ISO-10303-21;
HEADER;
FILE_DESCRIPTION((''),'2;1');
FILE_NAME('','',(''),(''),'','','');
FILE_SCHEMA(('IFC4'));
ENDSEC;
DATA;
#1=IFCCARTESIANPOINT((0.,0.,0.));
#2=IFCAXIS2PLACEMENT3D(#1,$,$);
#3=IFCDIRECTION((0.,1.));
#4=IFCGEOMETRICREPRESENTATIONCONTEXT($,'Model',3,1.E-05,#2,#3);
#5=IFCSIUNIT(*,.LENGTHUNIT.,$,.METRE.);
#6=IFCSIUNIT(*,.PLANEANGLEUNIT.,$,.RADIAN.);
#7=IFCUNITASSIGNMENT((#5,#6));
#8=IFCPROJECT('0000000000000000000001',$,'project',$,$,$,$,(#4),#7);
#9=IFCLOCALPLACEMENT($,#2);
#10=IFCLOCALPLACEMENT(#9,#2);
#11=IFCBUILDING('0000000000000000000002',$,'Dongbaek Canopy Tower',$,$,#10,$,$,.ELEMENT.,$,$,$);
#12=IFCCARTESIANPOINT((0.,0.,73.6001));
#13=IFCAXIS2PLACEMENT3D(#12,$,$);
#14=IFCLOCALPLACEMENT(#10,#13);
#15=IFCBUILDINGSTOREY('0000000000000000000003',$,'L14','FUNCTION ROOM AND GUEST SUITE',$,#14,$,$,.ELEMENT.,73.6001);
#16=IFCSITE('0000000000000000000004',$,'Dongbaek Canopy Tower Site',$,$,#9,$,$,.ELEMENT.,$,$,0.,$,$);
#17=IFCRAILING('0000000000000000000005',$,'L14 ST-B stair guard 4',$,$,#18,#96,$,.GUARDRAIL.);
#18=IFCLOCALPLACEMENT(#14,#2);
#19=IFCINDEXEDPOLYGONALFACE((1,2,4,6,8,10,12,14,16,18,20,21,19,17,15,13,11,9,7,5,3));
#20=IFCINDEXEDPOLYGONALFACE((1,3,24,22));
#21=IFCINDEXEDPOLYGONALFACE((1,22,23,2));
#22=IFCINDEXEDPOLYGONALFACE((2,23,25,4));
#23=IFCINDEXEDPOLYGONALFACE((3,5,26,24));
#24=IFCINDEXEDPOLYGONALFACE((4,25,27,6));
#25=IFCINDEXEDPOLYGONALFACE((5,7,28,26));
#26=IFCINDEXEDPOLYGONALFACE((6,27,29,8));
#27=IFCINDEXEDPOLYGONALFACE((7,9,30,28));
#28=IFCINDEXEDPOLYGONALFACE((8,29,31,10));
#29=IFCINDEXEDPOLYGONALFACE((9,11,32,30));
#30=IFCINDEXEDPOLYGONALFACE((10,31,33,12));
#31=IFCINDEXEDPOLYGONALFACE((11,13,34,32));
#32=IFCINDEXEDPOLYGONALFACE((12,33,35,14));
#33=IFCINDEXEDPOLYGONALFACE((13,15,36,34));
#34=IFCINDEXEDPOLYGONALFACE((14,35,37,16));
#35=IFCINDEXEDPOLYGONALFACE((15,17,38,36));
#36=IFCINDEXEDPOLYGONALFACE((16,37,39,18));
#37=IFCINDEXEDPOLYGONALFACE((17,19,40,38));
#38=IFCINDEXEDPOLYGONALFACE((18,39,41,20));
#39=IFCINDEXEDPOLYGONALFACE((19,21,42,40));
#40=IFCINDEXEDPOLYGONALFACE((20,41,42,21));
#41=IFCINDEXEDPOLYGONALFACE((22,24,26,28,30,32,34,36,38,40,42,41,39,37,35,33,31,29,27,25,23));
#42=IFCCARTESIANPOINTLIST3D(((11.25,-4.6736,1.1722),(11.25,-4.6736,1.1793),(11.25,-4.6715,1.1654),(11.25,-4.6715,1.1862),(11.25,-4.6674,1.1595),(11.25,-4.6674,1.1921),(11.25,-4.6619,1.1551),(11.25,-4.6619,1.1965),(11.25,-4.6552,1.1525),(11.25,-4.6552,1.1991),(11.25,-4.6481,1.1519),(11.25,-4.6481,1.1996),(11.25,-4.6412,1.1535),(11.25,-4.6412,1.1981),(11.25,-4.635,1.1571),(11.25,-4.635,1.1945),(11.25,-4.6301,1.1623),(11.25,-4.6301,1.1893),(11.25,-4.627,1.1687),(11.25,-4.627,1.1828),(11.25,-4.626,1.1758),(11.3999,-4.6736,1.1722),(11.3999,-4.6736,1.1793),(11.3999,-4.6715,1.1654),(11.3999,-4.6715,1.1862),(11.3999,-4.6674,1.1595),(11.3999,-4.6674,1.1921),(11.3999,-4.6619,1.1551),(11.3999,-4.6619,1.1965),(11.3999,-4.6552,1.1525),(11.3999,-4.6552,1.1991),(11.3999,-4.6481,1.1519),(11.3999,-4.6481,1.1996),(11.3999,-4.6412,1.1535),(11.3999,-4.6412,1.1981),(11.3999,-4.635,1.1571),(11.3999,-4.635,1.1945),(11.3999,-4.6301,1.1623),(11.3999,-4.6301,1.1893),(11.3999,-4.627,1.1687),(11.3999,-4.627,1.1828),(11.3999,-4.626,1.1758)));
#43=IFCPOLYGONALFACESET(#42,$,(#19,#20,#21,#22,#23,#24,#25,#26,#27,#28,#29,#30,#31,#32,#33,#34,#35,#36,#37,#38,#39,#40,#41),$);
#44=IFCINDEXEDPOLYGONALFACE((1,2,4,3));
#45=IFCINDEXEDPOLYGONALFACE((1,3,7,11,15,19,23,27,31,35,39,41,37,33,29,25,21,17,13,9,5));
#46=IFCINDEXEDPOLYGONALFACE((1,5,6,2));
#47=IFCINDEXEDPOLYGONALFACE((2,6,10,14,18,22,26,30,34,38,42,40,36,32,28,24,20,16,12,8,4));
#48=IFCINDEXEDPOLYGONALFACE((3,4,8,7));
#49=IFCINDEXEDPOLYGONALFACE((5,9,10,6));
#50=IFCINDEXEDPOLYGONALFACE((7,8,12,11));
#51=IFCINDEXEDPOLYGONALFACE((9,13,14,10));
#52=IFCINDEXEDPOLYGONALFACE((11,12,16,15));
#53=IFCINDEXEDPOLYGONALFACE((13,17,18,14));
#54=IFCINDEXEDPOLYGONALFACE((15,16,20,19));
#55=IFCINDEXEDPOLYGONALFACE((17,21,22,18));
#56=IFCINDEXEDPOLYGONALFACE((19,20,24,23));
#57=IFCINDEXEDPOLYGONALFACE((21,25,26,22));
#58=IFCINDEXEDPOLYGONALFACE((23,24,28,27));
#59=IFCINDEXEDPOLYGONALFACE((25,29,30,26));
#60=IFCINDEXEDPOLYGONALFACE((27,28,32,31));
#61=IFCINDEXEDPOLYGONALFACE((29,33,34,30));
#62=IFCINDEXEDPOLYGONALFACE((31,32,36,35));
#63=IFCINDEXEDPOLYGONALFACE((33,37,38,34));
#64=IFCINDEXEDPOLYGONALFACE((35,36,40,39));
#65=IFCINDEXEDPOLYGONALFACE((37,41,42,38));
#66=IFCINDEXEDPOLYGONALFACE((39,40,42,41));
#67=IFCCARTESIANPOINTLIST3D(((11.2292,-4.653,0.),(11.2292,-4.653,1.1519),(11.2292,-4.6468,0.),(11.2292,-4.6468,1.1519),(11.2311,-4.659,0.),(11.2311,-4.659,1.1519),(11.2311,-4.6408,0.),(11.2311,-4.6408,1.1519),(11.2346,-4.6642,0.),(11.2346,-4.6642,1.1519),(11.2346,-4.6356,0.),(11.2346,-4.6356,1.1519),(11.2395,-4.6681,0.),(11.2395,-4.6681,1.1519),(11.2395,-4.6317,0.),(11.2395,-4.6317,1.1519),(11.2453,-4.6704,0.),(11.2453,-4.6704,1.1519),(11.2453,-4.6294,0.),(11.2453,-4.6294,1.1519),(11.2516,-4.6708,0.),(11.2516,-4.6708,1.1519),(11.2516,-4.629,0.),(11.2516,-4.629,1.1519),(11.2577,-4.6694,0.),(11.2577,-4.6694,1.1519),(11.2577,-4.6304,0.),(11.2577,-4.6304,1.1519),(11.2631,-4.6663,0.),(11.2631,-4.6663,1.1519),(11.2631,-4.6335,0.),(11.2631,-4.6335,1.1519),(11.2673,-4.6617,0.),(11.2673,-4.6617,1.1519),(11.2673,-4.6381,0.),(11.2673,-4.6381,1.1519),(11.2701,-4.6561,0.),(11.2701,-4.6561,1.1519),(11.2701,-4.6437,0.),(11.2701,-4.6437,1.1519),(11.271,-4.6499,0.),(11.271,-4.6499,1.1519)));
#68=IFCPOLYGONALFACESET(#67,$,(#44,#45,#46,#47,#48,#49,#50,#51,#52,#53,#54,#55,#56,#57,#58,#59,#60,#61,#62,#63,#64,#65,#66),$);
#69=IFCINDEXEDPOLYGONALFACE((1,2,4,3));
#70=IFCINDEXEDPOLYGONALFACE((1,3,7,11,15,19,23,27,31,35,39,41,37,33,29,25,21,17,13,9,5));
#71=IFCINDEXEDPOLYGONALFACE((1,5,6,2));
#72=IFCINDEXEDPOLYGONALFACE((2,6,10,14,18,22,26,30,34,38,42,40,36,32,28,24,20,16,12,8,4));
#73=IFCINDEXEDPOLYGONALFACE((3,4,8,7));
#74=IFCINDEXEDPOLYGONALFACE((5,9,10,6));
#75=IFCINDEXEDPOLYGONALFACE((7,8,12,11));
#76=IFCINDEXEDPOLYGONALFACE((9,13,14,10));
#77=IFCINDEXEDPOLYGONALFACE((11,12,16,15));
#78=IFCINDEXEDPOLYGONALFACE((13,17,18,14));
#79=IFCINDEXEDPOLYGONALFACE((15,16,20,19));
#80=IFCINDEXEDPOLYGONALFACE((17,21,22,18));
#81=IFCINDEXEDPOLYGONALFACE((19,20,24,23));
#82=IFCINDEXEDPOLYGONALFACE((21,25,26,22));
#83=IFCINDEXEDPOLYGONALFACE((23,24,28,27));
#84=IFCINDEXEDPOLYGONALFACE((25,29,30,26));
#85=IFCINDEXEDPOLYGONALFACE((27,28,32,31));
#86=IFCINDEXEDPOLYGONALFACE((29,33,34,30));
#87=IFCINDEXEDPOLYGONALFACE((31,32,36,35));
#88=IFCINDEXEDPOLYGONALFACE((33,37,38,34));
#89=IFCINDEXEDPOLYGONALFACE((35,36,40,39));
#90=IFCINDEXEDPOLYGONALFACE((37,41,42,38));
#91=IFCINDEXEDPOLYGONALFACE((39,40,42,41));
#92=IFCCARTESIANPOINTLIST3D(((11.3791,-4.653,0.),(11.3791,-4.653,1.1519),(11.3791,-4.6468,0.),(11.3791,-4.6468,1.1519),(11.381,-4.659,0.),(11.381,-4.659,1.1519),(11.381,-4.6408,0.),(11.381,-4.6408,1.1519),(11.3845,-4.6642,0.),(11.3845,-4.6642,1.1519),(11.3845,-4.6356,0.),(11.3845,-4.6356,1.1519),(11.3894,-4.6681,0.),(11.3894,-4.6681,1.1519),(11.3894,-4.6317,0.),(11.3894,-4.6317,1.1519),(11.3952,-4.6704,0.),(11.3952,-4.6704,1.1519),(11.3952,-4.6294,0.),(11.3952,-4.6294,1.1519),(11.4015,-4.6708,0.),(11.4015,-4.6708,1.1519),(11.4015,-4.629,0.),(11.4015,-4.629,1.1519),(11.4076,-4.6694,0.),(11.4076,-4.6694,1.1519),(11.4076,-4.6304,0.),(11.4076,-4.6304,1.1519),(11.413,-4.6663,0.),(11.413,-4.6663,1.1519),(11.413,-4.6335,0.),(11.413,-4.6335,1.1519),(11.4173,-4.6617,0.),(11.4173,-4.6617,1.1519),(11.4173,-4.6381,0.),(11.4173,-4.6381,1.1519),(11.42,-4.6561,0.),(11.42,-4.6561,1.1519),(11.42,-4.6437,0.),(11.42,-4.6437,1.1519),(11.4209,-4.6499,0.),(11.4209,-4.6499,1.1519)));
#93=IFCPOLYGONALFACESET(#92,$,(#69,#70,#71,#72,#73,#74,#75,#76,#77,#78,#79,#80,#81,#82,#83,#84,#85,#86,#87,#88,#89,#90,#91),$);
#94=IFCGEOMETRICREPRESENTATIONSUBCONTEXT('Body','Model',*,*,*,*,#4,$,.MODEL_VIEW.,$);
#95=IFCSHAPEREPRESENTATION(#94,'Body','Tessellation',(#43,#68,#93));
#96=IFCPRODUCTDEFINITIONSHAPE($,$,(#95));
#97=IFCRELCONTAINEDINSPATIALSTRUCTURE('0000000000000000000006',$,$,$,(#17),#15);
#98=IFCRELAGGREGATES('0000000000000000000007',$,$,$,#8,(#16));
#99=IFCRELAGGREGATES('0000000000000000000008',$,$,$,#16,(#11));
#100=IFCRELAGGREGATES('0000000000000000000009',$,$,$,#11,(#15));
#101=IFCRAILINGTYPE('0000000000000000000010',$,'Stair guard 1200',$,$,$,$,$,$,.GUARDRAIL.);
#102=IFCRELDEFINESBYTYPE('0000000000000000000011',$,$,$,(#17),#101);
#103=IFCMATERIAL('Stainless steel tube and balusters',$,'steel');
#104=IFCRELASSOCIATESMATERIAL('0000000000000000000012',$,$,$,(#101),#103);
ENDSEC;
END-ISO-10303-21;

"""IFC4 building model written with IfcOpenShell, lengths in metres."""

from ifc_helpers import new_model, si_unit, direction, frame, origin, origin_2d, place, context, subcontext, project, spatial, circle, extrude, material, type_object, element, save


model = new_model("IFC4")

# Units and contexts
model_context = context("Model", 3, precision=1e-05, world=origin(), true_north=direction((0.0, 1.0)))
body_context = subcontext(model_context, "Body", "Model", "MODEL_VIEW")
ifc_project = project(units=[si_unit("LENGTHUNIT", "METRE"), si_unit("PLANEANGLEUNIT", "RADIAN")], contexts=[model_context])

# Site, building, storey
site_placement = place(None, origin())
site = spatial("IfcSite", under=ifc_project, at=site_placement, Name="Dongbaek Canopy Tower Site", CompositionType="ELEMENT", RefElevation=0.0)
building_placement = place(site_placement, origin())
building = spatial("IfcBuilding", under=site, at=building_placement, Name="Dongbaek Canopy Tower", CompositionType="ELEMENT")
storey_placement = place(building_placement, frame((0.0, 0.0, 73.6001)))
storey = spatial("IfcBuildingStorey", under=building, at=storey_placement, Name="L14", Description="FUNCTION ROOM AND GUEST SUITE", CompositionType="ELEMENT", Elevation=73.6001)

# Railing
ifc_material_1 = material(Name="Stainless steel tube and balusters", Category="steel")
railing_type_1 = type_object("IfcRailingType", Name="Stair guard 1200", PredefinedType="GUARDRAIL", material=ifc_material_1)
railing_1_placement = place(storey_placement, frame((11.25, -4.6499, 0.0)))
element("IfcRailing", 1, at=railing_1_placement, inside=storey, type_object=railing_type_1, Name="L14 ST-B stair guard 4", PredefinedType="GUARDRAIL", context=body_context, shape_type="SweptSolid", body=[
    extrude(circle(Radius=0.0239, at=origin_2d()), frame((0.0, 0.0, 1.1758), z_axis=(1.0, 0.0, 0.0), x_axis=(0.0, 1.0, 0.0)), (0.0, 0.0, 1.0), 0.1499),
    extrude(circle(Radius=0.021, at=origin_2d()), origin(), (0.0, 0.0, 1.0), 1.1519),
    extrude(circle(Radius=0.021, at=origin_2d()), frame((0.1499, 0.0, 0.0)), (0.0, 0.0, 1.0), 1.1519),
])

save(model, "model.ifc")
